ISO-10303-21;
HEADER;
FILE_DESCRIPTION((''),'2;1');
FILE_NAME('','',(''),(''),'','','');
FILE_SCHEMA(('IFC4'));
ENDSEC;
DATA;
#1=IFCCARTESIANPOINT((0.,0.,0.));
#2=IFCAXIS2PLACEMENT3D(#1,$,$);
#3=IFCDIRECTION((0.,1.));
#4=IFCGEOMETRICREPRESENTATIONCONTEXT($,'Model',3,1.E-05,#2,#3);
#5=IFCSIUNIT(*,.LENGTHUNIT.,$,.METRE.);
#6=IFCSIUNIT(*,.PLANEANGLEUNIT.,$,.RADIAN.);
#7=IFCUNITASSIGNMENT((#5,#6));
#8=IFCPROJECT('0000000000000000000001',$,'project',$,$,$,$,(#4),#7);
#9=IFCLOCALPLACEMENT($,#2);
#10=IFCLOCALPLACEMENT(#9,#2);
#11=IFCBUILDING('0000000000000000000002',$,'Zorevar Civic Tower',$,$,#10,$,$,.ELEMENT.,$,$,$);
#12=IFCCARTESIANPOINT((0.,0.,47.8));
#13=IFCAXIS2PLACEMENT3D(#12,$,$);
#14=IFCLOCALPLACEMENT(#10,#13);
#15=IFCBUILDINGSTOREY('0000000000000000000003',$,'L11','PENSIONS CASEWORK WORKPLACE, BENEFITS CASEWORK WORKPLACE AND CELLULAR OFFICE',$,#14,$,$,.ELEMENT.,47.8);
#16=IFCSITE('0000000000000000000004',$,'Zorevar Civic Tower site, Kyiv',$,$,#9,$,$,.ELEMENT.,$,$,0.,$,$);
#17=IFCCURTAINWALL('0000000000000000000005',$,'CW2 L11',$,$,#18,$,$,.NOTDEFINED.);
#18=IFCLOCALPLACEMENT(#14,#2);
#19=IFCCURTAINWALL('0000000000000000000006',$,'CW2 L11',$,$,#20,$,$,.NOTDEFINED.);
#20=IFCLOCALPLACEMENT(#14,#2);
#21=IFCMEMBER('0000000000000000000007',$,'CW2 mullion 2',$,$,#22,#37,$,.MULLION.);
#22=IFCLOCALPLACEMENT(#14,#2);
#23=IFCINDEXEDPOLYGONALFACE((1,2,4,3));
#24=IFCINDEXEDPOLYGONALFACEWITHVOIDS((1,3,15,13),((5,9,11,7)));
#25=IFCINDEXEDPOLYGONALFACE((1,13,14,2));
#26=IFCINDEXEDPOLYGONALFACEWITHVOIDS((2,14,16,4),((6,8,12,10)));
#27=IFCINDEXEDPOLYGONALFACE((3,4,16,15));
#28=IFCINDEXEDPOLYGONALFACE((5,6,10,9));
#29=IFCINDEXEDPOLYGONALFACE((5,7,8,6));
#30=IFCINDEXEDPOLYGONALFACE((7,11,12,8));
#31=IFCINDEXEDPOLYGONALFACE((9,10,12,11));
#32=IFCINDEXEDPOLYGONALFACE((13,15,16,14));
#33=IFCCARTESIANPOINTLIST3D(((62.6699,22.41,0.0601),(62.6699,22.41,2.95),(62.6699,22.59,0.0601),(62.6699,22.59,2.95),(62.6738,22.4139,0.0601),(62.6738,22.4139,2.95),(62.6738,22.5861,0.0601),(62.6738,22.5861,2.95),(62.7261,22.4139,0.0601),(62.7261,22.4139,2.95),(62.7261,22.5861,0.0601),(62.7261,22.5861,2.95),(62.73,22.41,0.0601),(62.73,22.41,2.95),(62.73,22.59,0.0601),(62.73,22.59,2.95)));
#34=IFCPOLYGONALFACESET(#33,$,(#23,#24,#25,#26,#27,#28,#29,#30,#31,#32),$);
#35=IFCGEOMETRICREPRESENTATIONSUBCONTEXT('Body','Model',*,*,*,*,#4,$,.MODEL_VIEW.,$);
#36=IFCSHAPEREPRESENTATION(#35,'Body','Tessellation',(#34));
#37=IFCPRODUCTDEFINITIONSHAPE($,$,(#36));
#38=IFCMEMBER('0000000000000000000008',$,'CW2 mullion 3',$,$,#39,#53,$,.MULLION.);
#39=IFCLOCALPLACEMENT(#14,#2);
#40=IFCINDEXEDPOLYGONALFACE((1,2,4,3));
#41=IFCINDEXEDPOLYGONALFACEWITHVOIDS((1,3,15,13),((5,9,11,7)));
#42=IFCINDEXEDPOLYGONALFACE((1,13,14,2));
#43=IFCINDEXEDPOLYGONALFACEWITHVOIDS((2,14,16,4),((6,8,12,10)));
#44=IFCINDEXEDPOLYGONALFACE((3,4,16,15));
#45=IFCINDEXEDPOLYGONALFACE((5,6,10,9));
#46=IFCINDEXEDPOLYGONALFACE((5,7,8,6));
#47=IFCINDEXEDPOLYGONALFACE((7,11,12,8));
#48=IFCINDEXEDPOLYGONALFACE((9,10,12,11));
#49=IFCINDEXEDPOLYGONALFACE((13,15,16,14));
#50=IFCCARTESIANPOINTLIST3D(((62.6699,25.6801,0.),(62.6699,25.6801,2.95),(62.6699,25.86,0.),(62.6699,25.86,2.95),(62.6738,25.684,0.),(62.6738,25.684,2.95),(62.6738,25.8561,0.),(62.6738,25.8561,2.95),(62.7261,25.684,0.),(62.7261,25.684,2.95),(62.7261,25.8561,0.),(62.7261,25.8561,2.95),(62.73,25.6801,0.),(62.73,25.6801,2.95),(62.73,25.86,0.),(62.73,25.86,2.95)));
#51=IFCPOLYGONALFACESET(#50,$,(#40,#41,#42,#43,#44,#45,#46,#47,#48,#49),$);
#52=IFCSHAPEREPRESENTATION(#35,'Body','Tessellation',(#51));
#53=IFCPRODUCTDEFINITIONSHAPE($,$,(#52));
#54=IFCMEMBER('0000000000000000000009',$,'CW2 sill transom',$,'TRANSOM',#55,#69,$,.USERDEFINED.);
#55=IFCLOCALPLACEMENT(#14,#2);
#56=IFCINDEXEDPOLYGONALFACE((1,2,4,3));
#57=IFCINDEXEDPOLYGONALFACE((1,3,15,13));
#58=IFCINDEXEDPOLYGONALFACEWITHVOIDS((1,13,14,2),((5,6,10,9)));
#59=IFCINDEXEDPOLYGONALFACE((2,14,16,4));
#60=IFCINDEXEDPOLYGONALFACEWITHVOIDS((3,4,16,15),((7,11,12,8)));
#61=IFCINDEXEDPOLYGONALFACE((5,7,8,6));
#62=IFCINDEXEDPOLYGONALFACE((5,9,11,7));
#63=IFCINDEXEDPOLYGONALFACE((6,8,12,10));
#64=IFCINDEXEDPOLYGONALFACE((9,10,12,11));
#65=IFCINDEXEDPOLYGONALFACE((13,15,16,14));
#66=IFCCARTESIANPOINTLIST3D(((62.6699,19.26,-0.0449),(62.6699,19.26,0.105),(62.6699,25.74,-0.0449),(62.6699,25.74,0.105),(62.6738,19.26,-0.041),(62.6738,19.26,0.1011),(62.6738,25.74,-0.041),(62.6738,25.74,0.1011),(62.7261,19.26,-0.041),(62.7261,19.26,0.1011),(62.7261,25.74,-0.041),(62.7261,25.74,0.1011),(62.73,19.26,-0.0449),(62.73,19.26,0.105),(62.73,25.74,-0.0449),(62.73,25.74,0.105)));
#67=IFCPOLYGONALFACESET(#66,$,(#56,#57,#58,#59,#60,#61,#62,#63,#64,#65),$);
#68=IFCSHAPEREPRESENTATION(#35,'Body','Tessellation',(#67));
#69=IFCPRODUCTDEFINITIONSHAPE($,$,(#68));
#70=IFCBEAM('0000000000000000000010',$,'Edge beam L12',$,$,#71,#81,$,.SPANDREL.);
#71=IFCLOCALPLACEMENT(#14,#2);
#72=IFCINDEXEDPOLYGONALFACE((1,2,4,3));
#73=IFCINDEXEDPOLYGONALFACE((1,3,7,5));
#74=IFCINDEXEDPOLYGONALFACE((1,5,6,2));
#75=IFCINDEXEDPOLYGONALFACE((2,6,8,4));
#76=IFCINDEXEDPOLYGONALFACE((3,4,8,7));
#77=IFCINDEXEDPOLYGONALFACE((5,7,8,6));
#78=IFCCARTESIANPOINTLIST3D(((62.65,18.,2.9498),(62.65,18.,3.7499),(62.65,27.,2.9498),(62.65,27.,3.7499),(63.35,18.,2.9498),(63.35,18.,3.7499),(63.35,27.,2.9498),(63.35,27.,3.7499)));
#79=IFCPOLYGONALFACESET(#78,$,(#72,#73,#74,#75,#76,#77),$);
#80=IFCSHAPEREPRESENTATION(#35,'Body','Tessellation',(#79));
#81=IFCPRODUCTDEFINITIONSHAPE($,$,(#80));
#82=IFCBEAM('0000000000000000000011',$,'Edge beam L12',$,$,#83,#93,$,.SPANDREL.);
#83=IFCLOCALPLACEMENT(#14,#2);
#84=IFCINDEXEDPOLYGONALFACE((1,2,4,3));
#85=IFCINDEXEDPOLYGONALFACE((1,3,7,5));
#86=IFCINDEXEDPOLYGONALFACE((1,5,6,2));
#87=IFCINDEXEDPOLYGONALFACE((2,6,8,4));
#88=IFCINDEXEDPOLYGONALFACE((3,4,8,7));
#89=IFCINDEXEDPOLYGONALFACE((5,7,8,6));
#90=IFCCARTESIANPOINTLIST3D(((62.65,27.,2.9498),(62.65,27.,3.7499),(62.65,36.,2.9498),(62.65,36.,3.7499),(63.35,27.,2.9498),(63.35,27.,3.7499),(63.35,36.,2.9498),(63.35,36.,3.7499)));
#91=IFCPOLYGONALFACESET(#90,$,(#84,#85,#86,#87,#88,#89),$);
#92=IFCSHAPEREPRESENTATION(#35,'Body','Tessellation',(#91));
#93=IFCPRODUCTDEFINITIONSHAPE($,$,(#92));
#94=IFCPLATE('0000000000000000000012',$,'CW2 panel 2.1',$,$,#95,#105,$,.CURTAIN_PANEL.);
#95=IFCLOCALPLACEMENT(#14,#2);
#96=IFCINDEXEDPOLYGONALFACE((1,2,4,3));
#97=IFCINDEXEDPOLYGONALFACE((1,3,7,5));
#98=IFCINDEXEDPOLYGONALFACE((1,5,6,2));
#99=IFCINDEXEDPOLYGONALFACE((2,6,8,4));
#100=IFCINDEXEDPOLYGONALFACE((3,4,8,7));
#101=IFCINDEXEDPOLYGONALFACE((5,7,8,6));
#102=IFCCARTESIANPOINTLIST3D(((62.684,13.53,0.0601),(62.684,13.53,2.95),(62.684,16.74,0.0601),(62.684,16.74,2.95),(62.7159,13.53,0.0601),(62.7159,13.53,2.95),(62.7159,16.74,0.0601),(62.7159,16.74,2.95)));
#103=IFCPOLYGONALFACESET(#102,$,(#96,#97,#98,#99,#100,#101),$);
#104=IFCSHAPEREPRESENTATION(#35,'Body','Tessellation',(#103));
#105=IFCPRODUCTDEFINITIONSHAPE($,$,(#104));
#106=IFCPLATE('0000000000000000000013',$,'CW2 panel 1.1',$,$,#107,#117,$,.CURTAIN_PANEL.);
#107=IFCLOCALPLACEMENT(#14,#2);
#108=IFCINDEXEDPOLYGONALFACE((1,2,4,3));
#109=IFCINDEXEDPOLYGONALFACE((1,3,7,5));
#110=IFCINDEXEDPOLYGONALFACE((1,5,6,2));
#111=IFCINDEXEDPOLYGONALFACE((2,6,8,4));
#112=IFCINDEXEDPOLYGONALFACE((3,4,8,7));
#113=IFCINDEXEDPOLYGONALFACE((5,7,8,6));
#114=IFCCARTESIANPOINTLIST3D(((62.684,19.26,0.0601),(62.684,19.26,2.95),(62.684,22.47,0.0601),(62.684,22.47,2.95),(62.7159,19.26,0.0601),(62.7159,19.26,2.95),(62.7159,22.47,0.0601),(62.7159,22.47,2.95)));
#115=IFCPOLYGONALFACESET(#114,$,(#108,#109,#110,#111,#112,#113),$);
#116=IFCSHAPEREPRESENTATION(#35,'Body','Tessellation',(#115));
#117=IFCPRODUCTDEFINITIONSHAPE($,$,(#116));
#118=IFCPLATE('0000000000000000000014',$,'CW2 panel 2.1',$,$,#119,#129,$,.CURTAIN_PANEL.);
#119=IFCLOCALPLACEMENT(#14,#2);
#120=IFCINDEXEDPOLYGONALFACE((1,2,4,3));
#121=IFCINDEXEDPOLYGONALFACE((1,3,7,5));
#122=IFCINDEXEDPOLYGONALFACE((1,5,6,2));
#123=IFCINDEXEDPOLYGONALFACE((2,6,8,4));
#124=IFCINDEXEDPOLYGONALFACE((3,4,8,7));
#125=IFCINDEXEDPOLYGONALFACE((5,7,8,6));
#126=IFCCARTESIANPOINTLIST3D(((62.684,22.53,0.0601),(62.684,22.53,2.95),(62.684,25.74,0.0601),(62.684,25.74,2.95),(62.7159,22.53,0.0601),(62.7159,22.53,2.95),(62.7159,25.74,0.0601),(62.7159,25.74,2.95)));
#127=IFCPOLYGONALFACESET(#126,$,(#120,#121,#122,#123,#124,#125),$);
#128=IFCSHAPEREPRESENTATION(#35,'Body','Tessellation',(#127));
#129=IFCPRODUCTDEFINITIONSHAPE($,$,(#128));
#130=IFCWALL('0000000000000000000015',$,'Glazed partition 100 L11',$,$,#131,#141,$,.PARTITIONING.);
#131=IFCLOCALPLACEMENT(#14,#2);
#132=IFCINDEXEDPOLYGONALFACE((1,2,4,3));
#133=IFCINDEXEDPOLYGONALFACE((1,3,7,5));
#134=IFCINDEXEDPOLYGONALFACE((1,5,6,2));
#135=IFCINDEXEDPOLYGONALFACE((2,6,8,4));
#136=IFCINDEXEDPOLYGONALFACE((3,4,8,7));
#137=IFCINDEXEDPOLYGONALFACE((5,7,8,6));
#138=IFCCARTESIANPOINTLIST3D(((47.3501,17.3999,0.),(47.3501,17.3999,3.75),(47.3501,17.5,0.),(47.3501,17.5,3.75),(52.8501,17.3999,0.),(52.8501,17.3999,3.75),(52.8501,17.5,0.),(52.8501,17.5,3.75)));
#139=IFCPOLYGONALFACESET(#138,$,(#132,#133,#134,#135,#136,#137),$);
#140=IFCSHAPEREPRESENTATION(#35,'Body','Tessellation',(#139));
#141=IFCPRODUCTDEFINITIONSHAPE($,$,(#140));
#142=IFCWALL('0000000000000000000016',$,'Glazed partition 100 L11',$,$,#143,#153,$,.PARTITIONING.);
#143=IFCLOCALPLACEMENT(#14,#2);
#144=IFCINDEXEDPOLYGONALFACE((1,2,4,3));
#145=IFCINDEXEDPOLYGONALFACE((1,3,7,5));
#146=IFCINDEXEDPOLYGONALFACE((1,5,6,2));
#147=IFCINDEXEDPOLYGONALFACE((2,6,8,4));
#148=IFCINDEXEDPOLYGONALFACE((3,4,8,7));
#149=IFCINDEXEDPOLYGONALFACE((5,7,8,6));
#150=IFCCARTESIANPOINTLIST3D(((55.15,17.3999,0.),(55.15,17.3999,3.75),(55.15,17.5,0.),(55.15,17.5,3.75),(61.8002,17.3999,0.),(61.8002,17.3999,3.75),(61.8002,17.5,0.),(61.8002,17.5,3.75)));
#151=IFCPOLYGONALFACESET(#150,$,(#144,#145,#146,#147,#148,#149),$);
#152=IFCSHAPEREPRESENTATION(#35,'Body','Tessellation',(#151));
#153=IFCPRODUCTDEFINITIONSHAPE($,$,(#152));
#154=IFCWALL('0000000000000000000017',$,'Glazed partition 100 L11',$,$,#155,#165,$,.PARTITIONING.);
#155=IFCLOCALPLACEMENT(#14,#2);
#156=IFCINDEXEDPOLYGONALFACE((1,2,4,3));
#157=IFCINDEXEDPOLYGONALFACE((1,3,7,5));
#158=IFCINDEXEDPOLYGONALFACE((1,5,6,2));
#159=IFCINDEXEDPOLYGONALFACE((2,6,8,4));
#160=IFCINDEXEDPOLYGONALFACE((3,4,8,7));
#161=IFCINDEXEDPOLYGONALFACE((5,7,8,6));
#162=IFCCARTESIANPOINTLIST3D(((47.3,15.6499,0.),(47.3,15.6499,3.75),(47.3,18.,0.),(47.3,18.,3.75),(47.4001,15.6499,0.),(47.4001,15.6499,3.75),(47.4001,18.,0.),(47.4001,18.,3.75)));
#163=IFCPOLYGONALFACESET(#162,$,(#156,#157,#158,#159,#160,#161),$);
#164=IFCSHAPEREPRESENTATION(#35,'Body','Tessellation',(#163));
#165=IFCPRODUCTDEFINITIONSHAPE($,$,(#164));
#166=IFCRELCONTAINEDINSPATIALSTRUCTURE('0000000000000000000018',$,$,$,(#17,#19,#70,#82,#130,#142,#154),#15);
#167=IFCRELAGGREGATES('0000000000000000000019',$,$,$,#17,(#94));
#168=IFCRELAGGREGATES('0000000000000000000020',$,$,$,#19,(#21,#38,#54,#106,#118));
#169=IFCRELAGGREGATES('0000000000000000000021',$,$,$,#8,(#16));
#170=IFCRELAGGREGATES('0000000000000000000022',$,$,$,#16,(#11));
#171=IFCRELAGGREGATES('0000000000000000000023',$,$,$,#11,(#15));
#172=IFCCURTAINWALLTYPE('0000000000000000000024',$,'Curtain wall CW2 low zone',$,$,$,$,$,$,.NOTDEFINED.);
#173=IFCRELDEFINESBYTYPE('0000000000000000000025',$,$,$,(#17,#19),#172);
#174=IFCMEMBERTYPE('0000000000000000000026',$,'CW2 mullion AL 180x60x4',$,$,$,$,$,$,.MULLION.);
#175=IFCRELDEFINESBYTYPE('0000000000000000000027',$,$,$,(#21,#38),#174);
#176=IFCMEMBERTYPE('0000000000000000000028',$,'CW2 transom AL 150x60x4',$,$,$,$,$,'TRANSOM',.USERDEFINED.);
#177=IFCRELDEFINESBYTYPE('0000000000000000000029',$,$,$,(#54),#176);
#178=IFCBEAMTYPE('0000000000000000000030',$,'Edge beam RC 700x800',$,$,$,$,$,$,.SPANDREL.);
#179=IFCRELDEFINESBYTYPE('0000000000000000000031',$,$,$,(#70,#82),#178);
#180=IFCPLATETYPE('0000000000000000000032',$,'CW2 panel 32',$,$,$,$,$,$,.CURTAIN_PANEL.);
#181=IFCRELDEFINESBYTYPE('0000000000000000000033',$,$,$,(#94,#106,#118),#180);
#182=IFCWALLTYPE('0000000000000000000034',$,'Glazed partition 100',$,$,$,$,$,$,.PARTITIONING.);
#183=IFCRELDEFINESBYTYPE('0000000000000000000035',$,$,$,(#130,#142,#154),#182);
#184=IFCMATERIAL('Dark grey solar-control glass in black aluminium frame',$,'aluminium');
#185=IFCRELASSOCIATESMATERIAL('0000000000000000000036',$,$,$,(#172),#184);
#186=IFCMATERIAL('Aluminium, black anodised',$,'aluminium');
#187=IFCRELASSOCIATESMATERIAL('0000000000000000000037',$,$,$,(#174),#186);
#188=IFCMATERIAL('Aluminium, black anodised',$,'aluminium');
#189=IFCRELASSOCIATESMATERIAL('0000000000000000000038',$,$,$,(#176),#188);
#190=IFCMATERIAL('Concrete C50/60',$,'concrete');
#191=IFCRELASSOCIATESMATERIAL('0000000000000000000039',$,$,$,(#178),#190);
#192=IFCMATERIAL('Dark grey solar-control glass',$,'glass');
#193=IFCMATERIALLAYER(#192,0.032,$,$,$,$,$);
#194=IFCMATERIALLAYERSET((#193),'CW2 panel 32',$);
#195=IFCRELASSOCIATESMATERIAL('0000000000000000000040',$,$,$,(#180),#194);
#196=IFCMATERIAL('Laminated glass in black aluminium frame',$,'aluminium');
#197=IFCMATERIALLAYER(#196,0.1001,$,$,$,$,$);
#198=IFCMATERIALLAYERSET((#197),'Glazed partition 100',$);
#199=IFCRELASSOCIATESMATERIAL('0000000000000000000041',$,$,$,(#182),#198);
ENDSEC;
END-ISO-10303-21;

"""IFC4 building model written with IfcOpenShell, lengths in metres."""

from ifc_helpers import new_model, si_unit, direction, frame, frame_2d, origin, origin_2d, place, context, subcontext, project, spatial, rectangle, hollow_rectangle, extrude, material, layer, layer_set, material_profile, profile_set, type_object, element, aggregate, save


model = new_model("IFC4")

# Units and contexts
model_context = context("Model", 3, precision=1e-05, world=origin(), true_north=direction((0.0, 1.0)))
body_context = subcontext(model_context, "Body", "Model", "MODEL_VIEW")
ifc_project = project(units=[si_unit("LENGTHUNIT", "METRE"), si_unit("PLANEANGLEUNIT", "RADIAN")], contexts=[model_context])

# Site, building, storey
site_placement = place(None, origin())
site = spatial("IfcSite", under=ifc_project, at=site_placement, Name="Zorevar Civic Tower site, Kyiv", CompositionType="ELEMENT", RefElevation=0.0)
building_placement = place(site_placement, origin())
building = spatial("IfcBuilding", under=site, at=building_placement, Name="Zorevar Civic Tower", CompositionType="ELEMENT")
storey_placement = place(building_placement, frame((0.0, 0.0, 47.8)))
storey = spatial("IfcBuildingStorey", under=building, at=storey_placement, Name="L11", Description="PENSIONS CASEWORK WORKPLACE, BENEFITS CASEWORK WORKPLACE AND CELLULAR OFFICE", CompositionType="ELEMENT", Elevation=47.8)

# Curtain walls, members
ifc_material_1 = material(Name="Dark grey solar-control glass in black aluminium frame", Category="aluminium")
curtain_wall_type = type_object("IfcCurtainWallType", Name="Curtain wall CW2 low zone", PredefinedType="NOTDEFINED", material=ifc_material_1)
curtain_wall_1_placement = place(storey_placement, origin())
curtain_wall_1 = element("IfcCurtainWall", 1, at=curtain_wall_1_placement, inside=storey, type_object=curtain_wall_type, Name="CW2 L11", PredefinedType="NOTDEFINED")
ifc_material_2 = material(Name="Aluminium, black anodised", Category="aluminium")
ifc_material_profile_1 = material_profile(ifc_material_2, hollow_rectangle(XDim=0.0601, YDim=0.1799, WallThickness=0.0039, at=origin_2d()), Name="AL 180x60x4")
ifc_profile_set_1 = profile_set([ifc_material_profile_1], Name="Aluminium, black anodised")
member_type_1 = type_object("IfcMemberType", Name="CW2 mullion AL 180x60x4", PredefinedType="MULLION", material=ifc_profile_set_1)
curtain_wall_2_placement = place(storey_placement, origin())
curtain_wall_2 = element("IfcCurtainWall", 2, at=curtain_wall_2_placement, inside=storey, type_object=curtain_wall_type, Name="CW2 L11", PredefinedType="NOTDEFINED")
member_1_placement = place(storey_placement, frame((62.7, 22.5, 0.0601), z_axis=(0.0, 0.0, 1.0), x_axis=(-1.0, 0.0, 0.0)))
member_1 = element("IfcMember", 3, at=member_1_placement, type_object=member_type_1, Name="CW2 mullion 2", PredefinedType="MULLION", context=body_context, shape_type="SweptSolid", body=[
    extrude(hollow_rectangle(XDim=0.0601, YDim=0.1799, WallThickness=0.0039, at=origin_2d()), origin(), (0.0, 0.0, 1.0), 2.8899),
])
member_2_placement = place(storey_placement, frame((62.7, 25.77, 0.0), z_axis=(0.0, 0.0, 1.0), x_axis=(-1.0, 0.0, 0.0)))
member_2 = element("IfcMember", 4, at=member_2_placement, type_object=member_type_1, Name="CW2 mullion 3", PredefinedType="MULLION", context=body_context, shape_type="SweptSolid", body=[
    extrude(hollow_rectangle(XDim=0.0601, YDim=0.1799, WallThickness=0.0039, at=origin_2d()), origin(), (0.0, 0.0, 1.0), 2.95),
])
ifc_material_3 = material(Name="Aluminium, black anodised", Category="aluminium")
ifc_material_profile_2 = material_profile(ifc_material_3, hollow_rectangle(XDim=0.0601, YDim=0.1499, WallThickness=0.0039, at=origin_2d()), Name="AL 150x60x4")
ifc_profile_set_2 = profile_set([ifc_material_profile_2], Name="Aluminium, black anodised")
member_type_2 = type_object("IfcMemberType", Name="CW2 transom AL 150x60x4", ElementType="TRANSOM", PredefinedType="USERDEFINED", material=ifc_profile_set_2)
member_3_placement = place(storey_placement, frame((62.7, 19.26, 0.03), z_axis=(0.0, 1.0, 0.0), x_axis=(-1.0, 0.0, 0.0)))
member_3 = element("IfcMember", 5, at=member_3_placement, type_object=member_type_2, Name="CW2 sill transom", ObjectType="TRANSOM", PredefinedType="USERDEFINED", context=body_context, shape_type="SweptSolid", body=[
    extrude(hollow_rectangle(XDim=0.0601, YDim=0.1499, WallThickness=0.0039, at=origin_2d()), origin(), (0.0, 0.0, 1.0), 6.48),
])

# Beams
ifc_material_4 = material(Name="Concrete C50/60", Category="concrete")
ifc_material_profile_3 = material_profile(ifc_material_4, rectangle(XDim=0.7, YDim=0.8, at=origin_2d()), Name="RC 700x800")
ifc_profile_set_3 = profile_set([ifc_material_profile_3], Name="Concrete C50/60")
beam_type_1 = type_object("IfcBeamType", Name="Edge beam RC 700x800", PredefinedType="SPANDREL", material=ifc_profile_set_3)
for number, where, z_axis, x_axis, name in (
    (6, (63.0, 18.0, 3.3499), (0.0, 1.0, 0.0), (-1.0, 0.0, 0.0), "Edge beam L12"),
    (7, (63.0, 27.0, 3.3499), (0.0, 1.0, 0.0), (-1.0, 0.0, 0.0), "Edge beam L12"),
):
    element("IfcBeam", number, at=place(storey_placement, frame(where, z_axis=z_axis, x_axis=x_axis)), inside=storey, type_object=beam_type_1, Name=name, PredefinedType="SPANDREL", context=body_context, shape_type="SweptSolid", body=[
        extrude(rectangle(XDim=0.7, YDim=0.8, at=origin_2d()), origin(), (0.0, 0.0, 1.0), 9.0),
    ])

# Plates
ifc_material_5 = material(Name="Dark grey solar-control glass", Category="glass")
ifc_layer_1 = layer(ifc_material_5, 0.032)
ifc_layer_set_1 = layer_set([ifc_layer_1], Name="CW2 panel 32")
plate_type = type_object("IfcPlateType", Name="CW2 panel 32", PredefinedType="CURTAIN_PANEL", material=ifc_layer_set_1)
plate_1_placement = place(storey_placement, frame((62.7, 15.135, 0.0601), z_axis=(0.0, 0.0, 1.0), x_axis=(0.0, 1.0, 0.0)))
plate_1 = element("IfcPlate", 8, at=plate_1_placement, type_object=plate_type, Name="CW2 panel 2.1", PredefinedType="CURTAIN_PANEL", context=body_context, shape_type="SweptSolid", body=[
    extrude(rectangle(XDim=3.21, YDim=0.032, at=origin_2d()), origin(), (0.0, 0.0, 1.0), 2.8899),
])
aggregate(curtain_wall_1, [plate_1])
plate_2_placement = place(storey_placement, frame((62.7, 20.865, 0.0601), z_axis=(0.0, 0.0, 1.0), x_axis=(0.0, 1.0, 0.0)))
plate_2 = element("IfcPlate", 9, at=plate_2_placement, type_object=plate_type, Name="CW2 panel 1.1", PredefinedType="CURTAIN_PANEL", context=body_context, shape_type="SweptSolid", body=[
    extrude(rectangle(XDim=3.21, YDim=0.032, at=origin_2d()), origin(), (0.0, 0.0, 1.0), 2.8899),
])
plate_3_placement = place(storey_placement, frame((62.7, 24.135, 0.0601), z_axis=(0.0, 0.0, 1.0), x_axis=(0.0, 1.0, 0.0)))
plate_3 = element("IfcPlate", 10, at=plate_3_placement, type_object=plate_type, Name="CW2 panel 2.1", PredefinedType="CURTAIN_PANEL", context=body_context, shape_type="SweptSolid", body=[
    extrude(rectangle(XDim=3.21, YDim=0.032, at=origin_2d()), origin(), (0.0, 0.0, 1.0), 2.8899),
])
aggregate(curtain_wall_2, [member_1, member_2, member_3, plate_2, plate_3])

# Walls
ifc_material_6 = material(Name="Laminated glass in black aluminium frame", Category="aluminium")
ifc_layer_2 = layer(ifc_material_6, 0.1001)
ifc_layer_set_2 = layer_set([ifc_layer_2], Name="Glazed partition 100")
wall_type_1 = type_object("IfcWallType", Name="Glazed partition 100", PredefinedType="PARTITIONING", material=ifc_layer_set_2)
wall_1_placement = place(storey_placement, frame((47.3501, 17.45, 0.0), z_axis=(0.0, 0.0, 1.0), x_axis=(1.0, 0.0, 0.0)))
element("IfcWall", 11, at=wall_1_placement, inside=storey, type_object=wall_type_1, Name="Glazed partition 100 L11", PredefinedType="PARTITIONING", context=body_context, shape_type="SweptSolid", body=[
    extrude(rectangle(XDim=5.5, YDim=0.1001, at=frame_2d((2.75, 0.0))), origin(), (0.0, 0.0, 1.0), 3.75),
])
wall_2_placement = place(storey_placement, frame((55.1499, 17.45, 0.0), z_axis=(0.0, 0.0, 1.0), x_axis=(1.0, 0.0, 0.0)))
element("IfcWall", 12, at=wall_2_placement, inside=storey, type_object=wall_type_1, Name="Glazed partition 100 L11", PredefinedType="PARTITIONING", context=body_context, shape_type="SweptSolid", body=[
    extrude(rectangle(XDim=6.6501, YDim=0.1001, at=frame_2d((3.3252, 0.0))), origin(), (0.0, 0.0, 1.0), 3.75),
])
wall_3_placement = place(storey_placement, frame((47.3501, 15.6499, 0.0), z_axis=(0.0, 0.0, 1.0), x_axis=(0.0, 1.0, 0.0)))
element("IfcWall", 13, at=wall_3_placement, inside=storey, type_object=wall_type_1, Name="Glazed partition 100 L11", PredefinedType="PARTITIONING", context=body_context, shape_type="SweptSolid", body=[
    extrude(rectangle(XDim=2.3501, YDim=0.1001, at=frame_2d((1.175, 0.0))), origin(), (0.0, 0.0, 1.0), 3.75),
])

save(model, "model.ifc")
